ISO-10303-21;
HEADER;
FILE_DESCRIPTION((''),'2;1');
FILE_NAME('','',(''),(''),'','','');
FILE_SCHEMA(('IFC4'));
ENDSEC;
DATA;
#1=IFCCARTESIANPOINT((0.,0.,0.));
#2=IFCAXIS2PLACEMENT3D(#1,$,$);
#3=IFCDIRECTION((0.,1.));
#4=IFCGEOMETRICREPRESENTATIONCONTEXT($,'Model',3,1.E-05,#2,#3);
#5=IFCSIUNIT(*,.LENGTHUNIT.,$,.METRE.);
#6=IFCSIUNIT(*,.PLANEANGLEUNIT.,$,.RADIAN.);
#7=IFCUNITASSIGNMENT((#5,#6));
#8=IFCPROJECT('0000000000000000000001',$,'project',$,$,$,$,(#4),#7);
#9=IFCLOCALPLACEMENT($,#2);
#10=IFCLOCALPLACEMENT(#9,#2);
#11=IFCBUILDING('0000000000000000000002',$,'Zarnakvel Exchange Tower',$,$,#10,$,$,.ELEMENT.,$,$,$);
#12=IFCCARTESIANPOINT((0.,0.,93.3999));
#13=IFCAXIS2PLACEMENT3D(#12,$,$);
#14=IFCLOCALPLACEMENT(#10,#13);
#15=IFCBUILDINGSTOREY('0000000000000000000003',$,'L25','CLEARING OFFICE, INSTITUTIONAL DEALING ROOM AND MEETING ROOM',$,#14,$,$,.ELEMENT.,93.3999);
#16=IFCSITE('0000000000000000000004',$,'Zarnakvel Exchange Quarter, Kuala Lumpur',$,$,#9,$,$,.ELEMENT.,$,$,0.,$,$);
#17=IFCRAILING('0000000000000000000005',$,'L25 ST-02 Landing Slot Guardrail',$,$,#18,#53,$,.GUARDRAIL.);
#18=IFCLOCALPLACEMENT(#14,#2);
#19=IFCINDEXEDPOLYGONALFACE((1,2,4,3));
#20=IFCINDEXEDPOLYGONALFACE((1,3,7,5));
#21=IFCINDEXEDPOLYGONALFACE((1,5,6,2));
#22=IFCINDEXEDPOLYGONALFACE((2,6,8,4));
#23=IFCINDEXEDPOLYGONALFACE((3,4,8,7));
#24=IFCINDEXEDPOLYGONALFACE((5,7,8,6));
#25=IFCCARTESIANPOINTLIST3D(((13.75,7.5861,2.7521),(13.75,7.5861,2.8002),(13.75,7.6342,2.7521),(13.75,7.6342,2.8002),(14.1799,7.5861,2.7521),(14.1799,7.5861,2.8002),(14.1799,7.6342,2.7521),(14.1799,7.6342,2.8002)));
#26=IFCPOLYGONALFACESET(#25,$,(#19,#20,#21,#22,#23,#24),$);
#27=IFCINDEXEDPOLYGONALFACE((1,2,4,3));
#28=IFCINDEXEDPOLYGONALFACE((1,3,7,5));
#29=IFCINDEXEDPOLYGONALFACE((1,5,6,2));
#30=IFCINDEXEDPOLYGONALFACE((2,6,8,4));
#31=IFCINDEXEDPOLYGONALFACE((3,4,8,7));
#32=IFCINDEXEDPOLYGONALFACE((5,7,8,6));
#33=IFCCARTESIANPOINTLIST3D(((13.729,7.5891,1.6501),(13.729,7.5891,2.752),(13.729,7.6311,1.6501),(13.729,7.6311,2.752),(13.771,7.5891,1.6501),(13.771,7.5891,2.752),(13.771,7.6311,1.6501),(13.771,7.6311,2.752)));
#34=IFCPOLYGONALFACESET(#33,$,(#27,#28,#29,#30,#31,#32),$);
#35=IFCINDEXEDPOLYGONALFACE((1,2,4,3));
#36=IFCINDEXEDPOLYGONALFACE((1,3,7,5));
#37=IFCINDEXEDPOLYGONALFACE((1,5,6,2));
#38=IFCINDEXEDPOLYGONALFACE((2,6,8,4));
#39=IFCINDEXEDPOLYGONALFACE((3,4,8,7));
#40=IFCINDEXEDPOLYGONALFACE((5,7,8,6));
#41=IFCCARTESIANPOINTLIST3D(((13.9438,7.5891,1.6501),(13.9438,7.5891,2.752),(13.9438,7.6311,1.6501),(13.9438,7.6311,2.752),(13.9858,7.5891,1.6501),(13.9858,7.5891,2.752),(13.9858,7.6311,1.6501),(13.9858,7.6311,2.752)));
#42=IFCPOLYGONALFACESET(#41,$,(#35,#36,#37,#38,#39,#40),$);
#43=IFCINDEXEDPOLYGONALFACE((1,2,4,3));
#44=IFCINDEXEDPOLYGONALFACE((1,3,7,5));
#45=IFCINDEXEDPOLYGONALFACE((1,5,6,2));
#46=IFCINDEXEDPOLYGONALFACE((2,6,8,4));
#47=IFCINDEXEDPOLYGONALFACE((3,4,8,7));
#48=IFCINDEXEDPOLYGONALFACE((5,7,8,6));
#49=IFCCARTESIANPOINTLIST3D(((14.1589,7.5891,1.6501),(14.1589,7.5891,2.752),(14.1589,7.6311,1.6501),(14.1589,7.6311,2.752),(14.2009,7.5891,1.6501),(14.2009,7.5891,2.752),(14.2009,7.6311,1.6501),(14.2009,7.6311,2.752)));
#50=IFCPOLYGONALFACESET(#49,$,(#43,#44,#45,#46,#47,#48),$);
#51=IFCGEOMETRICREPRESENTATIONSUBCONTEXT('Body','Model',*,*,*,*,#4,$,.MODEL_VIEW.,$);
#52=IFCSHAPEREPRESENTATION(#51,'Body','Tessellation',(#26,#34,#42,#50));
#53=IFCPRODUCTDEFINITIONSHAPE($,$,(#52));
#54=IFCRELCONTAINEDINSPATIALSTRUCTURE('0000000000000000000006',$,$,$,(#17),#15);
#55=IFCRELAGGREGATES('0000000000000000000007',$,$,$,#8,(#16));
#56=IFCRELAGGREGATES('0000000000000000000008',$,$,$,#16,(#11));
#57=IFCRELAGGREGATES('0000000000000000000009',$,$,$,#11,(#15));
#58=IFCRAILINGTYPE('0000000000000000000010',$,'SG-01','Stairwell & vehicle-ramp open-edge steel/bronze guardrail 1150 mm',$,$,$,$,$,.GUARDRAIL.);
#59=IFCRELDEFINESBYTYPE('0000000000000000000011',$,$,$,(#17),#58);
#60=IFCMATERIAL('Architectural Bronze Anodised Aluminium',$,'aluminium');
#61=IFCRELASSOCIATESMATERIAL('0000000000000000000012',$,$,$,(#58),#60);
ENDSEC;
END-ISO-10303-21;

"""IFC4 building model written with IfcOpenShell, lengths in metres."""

from ifc_helpers import new_model, si_unit, direction, frame, origin, origin_2d, place, context, subcontext, project, spatial, rectangle, extrude, material, type_object, element, save


model = new_model("IFC4")

# Units and contexts
model_context = context("Model", 3, precision=1e-05, world=origin(), true_north=direction((0.0, 1.0)))
body_context = subcontext(model_context, "Body", "Model", "MODEL_VIEW")
ifc_project = project(units=[si_unit("LENGTHUNIT", "METRE"), si_unit("PLANEANGLEUNIT", "RADIAN")], contexts=[model_context])

# Site, building, storey
site_placement = place(None, origin())
site = spatial("IfcSite", under=ifc_project, at=site_placement, Name="Zarnakvel Exchange Quarter, Kuala Lumpur", CompositionType="ELEMENT", RefElevation=0.0)
building_placement = place(site_placement, origin())
building = spatial("IfcBuilding", under=site, at=building_placement, Name="Zarnakvel Exchange Tower", CompositionType="ELEMENT")
storey_placement = place(building_placement, frame((0.0, 0.0, 93.3999)))
storey = spatial("IfcBuildingStorey", under=building, at=storey_placement, Name="L25", Description="CLEARING OFFICE, INSTITUTIONAL DEALING ROOM AND MEETING ROOM", CompositionType="ELEMENT", Elevation=93.3999)

# Shared definitions
ifc_material_1 = material(Name="Architectural Bronze Anodised Aluminium", Category="aluminium")

# Railing
railing_type_1 = type_object("IfcRailingType", Name="SG-01", Description="Stairwell & vehicle-ramp open-edge steel/bronze guardrail 1150 mm", PredefinedType="GUARDRAIL", material=ifc_material_1)
railing_1_placement = place(storey_placement, frame((13.75, 7.6101, 1.6501)))
element("IfcRailing", 1, at=railing_1_placement, inside=storey, type_object=railing_type_1, Name="L25 ST-02 Landing Slot Guardrail", PredefinedType="GUARDRAIL", context=body_context, shape_type="SweptSolid", body=[
    extrude(rectangle(XDim=0.0481, YDim=0.0481, at=origin_2d()), frame((0.0, 0.0, 1.126), z_axis=(1.0, 0.0, 0.0), x_axis=(0.0, 1.0, 0.0)), (0.0, 0.0, 1.0), 0.4299),
    extrude(rectangle(XDim=0.042, YDim=0.042, at=origin_2d()), origin(), (0.0, 0.0, 1.0), 1.1018),
    extrude(rectangle(XDim=0.042, YDim=0.042, at=origin_2d()), frame((0.2148, 0.0, 0.0)), (0.0, 0.0, 1.0), 1.1018),
    extrude(rectangle(XDim=0.042, YDim=0.042, at=origin_2d()), frame((0.4299, 0.0, 0.0)), (0.0, 0.0, 1.0), 1.1018),
])

save(model, "model.ifc")
